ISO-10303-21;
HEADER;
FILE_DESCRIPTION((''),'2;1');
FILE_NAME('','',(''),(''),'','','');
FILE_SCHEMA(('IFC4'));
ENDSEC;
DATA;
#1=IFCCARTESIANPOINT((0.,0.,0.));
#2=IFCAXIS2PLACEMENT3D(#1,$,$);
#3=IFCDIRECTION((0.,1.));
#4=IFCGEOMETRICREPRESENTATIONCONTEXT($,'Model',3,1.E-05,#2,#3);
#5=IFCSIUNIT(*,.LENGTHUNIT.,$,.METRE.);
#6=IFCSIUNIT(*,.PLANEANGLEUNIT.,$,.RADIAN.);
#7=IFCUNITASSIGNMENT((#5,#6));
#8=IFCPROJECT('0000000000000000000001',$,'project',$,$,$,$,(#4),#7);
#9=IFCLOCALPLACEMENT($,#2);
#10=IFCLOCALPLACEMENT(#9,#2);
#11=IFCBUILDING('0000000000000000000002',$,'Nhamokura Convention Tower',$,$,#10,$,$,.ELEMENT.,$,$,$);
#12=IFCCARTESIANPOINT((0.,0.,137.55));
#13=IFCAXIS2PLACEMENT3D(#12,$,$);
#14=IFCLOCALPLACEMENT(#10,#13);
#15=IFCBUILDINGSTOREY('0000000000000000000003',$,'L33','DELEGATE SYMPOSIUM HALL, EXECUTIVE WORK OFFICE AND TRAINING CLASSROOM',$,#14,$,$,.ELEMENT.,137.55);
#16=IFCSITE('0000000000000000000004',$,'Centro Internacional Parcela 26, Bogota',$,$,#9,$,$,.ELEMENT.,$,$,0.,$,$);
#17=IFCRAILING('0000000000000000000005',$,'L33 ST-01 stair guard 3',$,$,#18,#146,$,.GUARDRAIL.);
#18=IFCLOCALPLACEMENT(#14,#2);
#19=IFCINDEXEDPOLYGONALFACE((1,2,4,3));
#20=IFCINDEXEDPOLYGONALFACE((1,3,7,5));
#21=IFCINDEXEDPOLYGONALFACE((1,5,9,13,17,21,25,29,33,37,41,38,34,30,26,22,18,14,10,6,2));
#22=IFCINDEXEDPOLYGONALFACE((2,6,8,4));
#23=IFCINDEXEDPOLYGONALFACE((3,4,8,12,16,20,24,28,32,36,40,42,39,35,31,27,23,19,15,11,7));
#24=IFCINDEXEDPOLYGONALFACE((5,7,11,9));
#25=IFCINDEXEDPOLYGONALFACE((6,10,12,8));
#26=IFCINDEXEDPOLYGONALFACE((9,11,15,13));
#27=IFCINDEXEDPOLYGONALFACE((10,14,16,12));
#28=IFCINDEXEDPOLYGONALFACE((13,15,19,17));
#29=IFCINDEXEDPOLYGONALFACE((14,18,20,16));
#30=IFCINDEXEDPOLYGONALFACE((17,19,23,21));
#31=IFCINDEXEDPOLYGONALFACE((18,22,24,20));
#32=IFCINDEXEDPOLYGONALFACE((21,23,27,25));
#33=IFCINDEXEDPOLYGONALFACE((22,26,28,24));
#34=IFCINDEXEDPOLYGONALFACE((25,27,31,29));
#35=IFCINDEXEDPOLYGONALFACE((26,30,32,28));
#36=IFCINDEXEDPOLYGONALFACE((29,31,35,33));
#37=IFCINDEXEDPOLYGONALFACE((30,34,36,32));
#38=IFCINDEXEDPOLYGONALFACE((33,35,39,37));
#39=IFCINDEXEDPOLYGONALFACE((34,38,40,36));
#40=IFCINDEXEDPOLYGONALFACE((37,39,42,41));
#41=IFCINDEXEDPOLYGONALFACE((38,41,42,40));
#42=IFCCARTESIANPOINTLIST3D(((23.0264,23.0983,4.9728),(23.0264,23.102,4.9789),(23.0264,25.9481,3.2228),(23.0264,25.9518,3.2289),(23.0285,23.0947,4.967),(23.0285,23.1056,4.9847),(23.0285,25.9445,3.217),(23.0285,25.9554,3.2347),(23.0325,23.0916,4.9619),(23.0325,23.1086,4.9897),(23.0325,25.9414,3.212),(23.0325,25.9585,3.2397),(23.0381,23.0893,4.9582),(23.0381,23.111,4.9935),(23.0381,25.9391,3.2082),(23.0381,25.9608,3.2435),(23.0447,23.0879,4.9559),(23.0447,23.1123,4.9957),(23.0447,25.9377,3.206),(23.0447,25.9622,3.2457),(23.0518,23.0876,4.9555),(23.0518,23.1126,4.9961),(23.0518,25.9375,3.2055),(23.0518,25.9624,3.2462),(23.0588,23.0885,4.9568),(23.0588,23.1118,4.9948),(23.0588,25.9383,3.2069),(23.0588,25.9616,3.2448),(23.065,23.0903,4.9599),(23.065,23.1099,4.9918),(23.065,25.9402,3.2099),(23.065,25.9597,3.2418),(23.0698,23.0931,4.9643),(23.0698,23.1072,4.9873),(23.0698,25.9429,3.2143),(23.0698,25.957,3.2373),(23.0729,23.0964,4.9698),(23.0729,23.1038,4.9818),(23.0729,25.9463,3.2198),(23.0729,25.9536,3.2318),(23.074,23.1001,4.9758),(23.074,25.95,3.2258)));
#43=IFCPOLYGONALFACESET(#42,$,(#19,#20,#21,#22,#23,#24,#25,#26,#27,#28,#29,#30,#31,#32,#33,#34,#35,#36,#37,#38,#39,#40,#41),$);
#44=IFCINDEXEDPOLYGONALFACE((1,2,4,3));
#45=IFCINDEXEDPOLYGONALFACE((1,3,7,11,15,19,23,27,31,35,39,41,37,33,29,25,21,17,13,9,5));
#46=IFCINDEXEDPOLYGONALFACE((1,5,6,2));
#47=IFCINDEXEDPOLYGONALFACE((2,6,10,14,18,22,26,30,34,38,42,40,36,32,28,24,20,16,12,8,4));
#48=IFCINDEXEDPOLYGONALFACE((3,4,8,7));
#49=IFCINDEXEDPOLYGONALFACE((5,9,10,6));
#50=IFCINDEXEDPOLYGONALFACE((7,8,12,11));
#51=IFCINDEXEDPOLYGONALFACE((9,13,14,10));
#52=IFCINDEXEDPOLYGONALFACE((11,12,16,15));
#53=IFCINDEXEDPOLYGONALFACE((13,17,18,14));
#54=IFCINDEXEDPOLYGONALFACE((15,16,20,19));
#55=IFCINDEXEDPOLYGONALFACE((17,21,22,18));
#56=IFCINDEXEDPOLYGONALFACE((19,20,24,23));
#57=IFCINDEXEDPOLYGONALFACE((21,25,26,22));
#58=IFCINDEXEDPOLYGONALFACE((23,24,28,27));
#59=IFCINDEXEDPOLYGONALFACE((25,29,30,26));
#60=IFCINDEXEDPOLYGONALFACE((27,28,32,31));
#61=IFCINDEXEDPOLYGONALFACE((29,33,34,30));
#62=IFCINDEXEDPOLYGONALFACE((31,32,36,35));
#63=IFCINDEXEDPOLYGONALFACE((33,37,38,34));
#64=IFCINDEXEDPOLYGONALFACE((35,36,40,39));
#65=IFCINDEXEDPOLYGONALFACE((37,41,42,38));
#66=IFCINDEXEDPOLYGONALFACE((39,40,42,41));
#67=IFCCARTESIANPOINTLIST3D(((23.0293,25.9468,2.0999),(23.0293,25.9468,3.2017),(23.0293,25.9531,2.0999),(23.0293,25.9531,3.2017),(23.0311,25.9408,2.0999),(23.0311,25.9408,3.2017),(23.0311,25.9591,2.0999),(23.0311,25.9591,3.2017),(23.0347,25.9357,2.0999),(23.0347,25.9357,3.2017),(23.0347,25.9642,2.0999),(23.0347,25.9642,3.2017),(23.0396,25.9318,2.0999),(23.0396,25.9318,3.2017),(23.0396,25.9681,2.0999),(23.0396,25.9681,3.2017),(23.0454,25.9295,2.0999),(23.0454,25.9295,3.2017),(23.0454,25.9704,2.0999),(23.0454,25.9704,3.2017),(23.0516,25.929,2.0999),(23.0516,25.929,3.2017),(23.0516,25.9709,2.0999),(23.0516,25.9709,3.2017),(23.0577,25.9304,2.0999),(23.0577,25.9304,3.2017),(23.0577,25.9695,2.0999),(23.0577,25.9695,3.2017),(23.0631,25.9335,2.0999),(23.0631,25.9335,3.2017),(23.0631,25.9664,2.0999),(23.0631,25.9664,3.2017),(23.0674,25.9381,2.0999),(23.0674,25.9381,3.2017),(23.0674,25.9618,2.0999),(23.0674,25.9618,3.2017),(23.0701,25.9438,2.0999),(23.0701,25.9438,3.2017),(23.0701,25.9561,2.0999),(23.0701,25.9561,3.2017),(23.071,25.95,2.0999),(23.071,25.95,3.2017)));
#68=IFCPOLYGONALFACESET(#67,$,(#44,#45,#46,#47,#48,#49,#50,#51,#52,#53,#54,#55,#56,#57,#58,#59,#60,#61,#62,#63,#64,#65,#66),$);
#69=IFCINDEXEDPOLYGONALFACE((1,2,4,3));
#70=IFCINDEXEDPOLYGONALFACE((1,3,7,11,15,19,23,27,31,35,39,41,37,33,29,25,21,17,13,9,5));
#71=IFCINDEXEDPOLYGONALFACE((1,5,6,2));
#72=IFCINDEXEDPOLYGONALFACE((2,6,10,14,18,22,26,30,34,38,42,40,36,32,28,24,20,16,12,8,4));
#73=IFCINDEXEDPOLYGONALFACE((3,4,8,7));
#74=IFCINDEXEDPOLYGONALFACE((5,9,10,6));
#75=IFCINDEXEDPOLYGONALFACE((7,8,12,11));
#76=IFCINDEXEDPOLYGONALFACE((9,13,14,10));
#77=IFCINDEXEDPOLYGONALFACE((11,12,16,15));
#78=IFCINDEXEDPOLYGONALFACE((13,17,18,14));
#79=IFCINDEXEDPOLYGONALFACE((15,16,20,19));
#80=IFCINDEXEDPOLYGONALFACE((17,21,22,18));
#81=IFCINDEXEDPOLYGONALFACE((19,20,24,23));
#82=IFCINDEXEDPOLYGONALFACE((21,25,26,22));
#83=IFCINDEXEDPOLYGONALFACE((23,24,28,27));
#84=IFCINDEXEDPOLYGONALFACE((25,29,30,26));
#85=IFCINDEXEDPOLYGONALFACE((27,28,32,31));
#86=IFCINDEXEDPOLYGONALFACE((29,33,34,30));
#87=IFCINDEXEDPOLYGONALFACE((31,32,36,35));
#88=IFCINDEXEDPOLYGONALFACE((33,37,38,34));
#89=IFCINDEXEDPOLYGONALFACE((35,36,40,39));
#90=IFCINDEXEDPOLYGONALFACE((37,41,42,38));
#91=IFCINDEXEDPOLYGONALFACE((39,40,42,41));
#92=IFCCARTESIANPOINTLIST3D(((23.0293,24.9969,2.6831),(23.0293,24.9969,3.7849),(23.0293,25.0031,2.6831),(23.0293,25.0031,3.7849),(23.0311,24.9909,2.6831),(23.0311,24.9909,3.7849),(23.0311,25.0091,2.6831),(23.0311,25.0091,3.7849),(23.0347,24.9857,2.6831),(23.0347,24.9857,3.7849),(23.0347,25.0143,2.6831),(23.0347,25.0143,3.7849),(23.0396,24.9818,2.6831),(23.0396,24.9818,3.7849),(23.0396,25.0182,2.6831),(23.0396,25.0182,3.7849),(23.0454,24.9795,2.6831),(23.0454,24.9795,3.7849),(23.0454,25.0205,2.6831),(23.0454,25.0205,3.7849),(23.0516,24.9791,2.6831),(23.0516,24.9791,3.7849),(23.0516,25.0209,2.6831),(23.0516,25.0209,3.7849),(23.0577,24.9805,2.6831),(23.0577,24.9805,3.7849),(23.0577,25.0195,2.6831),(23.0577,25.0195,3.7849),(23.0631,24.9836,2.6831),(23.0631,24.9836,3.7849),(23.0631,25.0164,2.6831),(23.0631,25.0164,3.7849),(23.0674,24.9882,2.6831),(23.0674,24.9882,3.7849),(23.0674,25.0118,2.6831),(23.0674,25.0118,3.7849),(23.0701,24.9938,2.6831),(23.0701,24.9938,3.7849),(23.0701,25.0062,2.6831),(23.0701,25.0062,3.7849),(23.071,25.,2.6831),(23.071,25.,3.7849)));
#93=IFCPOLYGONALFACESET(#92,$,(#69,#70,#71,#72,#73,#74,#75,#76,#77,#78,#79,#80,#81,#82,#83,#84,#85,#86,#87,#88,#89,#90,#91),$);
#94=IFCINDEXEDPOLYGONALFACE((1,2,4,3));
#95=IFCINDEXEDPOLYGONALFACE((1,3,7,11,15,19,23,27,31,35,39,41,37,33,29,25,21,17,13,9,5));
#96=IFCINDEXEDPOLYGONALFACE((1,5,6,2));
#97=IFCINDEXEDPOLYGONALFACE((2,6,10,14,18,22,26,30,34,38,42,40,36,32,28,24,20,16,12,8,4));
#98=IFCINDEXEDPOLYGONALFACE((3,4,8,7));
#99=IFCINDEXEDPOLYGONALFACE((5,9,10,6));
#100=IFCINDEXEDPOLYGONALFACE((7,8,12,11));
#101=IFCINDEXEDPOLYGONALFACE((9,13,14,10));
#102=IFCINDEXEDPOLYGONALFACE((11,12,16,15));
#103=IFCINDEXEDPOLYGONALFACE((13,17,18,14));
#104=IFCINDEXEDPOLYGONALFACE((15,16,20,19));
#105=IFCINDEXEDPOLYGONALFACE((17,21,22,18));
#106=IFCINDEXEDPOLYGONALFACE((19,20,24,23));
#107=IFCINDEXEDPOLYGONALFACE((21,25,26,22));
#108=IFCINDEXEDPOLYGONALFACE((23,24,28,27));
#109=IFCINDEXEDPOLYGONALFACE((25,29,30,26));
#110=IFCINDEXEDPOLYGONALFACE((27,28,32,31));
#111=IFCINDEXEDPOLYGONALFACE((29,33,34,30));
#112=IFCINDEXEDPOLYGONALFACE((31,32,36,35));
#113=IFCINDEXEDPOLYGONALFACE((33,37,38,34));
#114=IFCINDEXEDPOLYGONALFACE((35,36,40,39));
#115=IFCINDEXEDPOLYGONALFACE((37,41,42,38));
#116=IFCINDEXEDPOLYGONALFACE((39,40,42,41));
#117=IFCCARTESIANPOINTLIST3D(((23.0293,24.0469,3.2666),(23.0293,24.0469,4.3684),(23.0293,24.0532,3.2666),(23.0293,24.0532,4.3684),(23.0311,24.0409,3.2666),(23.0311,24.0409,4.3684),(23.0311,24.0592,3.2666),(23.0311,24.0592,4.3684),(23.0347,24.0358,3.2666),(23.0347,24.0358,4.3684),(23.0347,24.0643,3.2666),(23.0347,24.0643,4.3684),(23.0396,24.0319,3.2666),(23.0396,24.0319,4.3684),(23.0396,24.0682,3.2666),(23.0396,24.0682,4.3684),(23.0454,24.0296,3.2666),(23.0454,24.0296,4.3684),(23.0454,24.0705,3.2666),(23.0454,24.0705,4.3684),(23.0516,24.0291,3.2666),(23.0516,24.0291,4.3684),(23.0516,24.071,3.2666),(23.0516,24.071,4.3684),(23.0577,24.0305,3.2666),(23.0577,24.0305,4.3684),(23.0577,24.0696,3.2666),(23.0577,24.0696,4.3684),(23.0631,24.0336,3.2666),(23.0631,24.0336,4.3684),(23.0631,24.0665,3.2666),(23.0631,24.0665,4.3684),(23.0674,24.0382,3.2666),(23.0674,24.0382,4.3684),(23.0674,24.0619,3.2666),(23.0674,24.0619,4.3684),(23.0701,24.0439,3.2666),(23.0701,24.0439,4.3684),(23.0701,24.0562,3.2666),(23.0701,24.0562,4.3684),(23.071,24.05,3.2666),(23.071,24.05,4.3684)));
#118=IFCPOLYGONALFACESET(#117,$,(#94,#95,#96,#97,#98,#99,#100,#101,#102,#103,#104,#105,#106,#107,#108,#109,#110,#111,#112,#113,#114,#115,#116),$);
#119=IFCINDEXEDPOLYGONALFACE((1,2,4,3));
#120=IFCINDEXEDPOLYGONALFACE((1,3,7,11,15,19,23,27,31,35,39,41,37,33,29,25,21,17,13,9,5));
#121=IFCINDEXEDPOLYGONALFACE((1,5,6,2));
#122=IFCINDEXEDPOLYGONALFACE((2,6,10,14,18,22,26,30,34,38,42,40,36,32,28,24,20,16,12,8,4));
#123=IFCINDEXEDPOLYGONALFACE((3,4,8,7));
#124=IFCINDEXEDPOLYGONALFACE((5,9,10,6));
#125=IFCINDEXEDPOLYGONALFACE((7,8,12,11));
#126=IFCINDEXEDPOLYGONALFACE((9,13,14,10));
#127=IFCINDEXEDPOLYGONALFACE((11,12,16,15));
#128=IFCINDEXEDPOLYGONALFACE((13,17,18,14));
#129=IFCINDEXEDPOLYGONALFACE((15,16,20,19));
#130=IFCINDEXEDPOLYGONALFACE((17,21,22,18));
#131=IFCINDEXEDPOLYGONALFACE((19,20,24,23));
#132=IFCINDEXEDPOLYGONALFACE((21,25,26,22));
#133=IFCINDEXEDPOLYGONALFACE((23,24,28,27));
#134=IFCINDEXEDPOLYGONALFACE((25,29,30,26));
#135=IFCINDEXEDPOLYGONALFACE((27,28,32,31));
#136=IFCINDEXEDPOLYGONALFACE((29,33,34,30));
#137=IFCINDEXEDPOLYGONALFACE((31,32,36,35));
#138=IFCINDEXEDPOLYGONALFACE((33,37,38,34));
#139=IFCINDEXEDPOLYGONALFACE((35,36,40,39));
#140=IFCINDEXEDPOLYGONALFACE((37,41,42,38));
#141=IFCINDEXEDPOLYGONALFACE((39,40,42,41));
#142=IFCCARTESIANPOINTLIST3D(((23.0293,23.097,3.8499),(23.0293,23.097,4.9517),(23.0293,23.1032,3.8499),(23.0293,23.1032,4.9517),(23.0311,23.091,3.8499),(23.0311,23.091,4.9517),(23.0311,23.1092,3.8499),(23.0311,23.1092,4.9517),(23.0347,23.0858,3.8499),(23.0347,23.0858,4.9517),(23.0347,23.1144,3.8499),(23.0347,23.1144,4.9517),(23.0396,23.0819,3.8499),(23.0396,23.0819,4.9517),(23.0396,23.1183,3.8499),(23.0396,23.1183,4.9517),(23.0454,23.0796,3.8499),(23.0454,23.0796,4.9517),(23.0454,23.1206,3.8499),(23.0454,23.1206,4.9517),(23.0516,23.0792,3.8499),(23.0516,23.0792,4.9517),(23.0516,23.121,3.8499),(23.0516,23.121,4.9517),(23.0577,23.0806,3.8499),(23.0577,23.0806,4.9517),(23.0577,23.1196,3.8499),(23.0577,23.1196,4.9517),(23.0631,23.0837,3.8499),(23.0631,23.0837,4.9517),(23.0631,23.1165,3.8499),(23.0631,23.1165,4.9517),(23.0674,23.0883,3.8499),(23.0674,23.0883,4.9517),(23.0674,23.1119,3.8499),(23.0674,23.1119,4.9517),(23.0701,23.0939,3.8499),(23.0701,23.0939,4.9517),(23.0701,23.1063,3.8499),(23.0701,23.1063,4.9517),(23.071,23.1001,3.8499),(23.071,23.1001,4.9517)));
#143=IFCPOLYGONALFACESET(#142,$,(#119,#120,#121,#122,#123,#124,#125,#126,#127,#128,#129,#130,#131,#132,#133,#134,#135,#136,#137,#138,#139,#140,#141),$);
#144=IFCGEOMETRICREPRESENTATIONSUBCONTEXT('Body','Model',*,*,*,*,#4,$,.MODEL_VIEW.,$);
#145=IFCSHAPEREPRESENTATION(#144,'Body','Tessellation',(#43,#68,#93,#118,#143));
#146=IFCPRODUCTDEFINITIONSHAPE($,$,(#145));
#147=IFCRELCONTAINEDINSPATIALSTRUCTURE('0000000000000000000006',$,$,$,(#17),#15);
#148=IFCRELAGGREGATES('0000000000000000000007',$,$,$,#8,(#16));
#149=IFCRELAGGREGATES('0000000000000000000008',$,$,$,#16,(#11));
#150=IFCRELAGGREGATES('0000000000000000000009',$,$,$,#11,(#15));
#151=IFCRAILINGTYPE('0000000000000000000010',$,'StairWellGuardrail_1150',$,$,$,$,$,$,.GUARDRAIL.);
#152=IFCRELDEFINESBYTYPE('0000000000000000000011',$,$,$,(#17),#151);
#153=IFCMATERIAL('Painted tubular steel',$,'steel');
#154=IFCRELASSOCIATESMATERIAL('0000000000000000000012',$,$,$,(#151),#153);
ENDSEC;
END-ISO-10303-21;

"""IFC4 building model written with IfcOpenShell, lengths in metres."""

from ifc_helpers import new_model, si_unit, direction, frame, origin, origin_2d, place, context, subcontext, project, spatial, circle, extrude, material, type_object, element, save


model = new_model("IFC4")

# Units and contexts
model_context = context("Model", 3, precision=1e-05, world=origin(), true_north=direction((0.0, 1.0)))
body_context = subcontext(model_context, "Body", "Model", "MODEL_VIEW")
ifc_project = project(units=[si_unit("LENGTHUNIT", "METRE"), si_unit("PLANEANGLEUNIT", "RADIAN")], contexts=[model_context])

# Site, building, storey
site_placement = place(None, origin())
site = spatial("IfcSite", under=ifc_project, at=site_placement, Name="Centro Internacional Parcela 26, Bogota", CompositionType="ELEMENT", RefElevation=0.0)
building_placement = place(site_placement, origin())
building = spatial("IfcBuilding", under=site, at=building_placement, Name="Nhamokura Convention Tower", CompositionType="ELEMENT")
storey_placement = place(building_placement, frame((0.0, 0.0, 137.55)))
storey = spatial("IfcBuildingStorey", under=building, at=storey_placement, Name="L33", Description="DELEGATE SYMPOSIUM HALL, EXECUTIVE WORK OFFICE AND TRAINING CLASSROOM", CompositionType="ELEMENT", Elevation=137.55)

# Railing
ifc_material_1 = material(Name="Painted tubular steel", Category="steel")
railing_type_1 = type_object("IfcRailingType", Name="StairWellGuardrail_1150", PredefinedType="GUARDRAIL", material=ifc_material_1)
railing_1_placement = place(storey_placement, frame((23.05, 25.95, 2.0999)))
element("IfcRailing", 1, at=railing_1_placement, inside=storey, type_object=railing_type_1, Name="L33 ST-01 stair guard 3", PredefinedType="GUARDRAIL", context=body_context, shape_type="SweptSolid", body=[
    extrude(circle(Radius=0.0239, at=origin_2d()), frame((0.0, 0.0, 1.126), z_axis=(0.0, -0.852159, 0.523283), x_axis=(1.0, 0.0, 0.0)), (0.0, 0.0, 1.0), 3.3442),
    extrude(circle(Radius=0.021, at=origin_2d()), origin(), (0.0, 0.0, 1.0), 1.1018),
    extrude(circle(Radius=0.021, at=origin_2d()), frame((0.0, -0.95, 0.5833)), (0.0, 0.0, 1.0), 1.1018),
    extrude(circle(Radius=0.021, at=origin_2d()), frame((0.0, -1.8999, 1.1667)), (0.0, 0.0, 1.0), 1.1018),
    extrude(circle(Radius=0.021, at=origin_2d()), frame((0.0, -2.8499, 1.75)), (0.0, 0.0, 1.0), 1.1018),
])

save(model, "model.ifc")
